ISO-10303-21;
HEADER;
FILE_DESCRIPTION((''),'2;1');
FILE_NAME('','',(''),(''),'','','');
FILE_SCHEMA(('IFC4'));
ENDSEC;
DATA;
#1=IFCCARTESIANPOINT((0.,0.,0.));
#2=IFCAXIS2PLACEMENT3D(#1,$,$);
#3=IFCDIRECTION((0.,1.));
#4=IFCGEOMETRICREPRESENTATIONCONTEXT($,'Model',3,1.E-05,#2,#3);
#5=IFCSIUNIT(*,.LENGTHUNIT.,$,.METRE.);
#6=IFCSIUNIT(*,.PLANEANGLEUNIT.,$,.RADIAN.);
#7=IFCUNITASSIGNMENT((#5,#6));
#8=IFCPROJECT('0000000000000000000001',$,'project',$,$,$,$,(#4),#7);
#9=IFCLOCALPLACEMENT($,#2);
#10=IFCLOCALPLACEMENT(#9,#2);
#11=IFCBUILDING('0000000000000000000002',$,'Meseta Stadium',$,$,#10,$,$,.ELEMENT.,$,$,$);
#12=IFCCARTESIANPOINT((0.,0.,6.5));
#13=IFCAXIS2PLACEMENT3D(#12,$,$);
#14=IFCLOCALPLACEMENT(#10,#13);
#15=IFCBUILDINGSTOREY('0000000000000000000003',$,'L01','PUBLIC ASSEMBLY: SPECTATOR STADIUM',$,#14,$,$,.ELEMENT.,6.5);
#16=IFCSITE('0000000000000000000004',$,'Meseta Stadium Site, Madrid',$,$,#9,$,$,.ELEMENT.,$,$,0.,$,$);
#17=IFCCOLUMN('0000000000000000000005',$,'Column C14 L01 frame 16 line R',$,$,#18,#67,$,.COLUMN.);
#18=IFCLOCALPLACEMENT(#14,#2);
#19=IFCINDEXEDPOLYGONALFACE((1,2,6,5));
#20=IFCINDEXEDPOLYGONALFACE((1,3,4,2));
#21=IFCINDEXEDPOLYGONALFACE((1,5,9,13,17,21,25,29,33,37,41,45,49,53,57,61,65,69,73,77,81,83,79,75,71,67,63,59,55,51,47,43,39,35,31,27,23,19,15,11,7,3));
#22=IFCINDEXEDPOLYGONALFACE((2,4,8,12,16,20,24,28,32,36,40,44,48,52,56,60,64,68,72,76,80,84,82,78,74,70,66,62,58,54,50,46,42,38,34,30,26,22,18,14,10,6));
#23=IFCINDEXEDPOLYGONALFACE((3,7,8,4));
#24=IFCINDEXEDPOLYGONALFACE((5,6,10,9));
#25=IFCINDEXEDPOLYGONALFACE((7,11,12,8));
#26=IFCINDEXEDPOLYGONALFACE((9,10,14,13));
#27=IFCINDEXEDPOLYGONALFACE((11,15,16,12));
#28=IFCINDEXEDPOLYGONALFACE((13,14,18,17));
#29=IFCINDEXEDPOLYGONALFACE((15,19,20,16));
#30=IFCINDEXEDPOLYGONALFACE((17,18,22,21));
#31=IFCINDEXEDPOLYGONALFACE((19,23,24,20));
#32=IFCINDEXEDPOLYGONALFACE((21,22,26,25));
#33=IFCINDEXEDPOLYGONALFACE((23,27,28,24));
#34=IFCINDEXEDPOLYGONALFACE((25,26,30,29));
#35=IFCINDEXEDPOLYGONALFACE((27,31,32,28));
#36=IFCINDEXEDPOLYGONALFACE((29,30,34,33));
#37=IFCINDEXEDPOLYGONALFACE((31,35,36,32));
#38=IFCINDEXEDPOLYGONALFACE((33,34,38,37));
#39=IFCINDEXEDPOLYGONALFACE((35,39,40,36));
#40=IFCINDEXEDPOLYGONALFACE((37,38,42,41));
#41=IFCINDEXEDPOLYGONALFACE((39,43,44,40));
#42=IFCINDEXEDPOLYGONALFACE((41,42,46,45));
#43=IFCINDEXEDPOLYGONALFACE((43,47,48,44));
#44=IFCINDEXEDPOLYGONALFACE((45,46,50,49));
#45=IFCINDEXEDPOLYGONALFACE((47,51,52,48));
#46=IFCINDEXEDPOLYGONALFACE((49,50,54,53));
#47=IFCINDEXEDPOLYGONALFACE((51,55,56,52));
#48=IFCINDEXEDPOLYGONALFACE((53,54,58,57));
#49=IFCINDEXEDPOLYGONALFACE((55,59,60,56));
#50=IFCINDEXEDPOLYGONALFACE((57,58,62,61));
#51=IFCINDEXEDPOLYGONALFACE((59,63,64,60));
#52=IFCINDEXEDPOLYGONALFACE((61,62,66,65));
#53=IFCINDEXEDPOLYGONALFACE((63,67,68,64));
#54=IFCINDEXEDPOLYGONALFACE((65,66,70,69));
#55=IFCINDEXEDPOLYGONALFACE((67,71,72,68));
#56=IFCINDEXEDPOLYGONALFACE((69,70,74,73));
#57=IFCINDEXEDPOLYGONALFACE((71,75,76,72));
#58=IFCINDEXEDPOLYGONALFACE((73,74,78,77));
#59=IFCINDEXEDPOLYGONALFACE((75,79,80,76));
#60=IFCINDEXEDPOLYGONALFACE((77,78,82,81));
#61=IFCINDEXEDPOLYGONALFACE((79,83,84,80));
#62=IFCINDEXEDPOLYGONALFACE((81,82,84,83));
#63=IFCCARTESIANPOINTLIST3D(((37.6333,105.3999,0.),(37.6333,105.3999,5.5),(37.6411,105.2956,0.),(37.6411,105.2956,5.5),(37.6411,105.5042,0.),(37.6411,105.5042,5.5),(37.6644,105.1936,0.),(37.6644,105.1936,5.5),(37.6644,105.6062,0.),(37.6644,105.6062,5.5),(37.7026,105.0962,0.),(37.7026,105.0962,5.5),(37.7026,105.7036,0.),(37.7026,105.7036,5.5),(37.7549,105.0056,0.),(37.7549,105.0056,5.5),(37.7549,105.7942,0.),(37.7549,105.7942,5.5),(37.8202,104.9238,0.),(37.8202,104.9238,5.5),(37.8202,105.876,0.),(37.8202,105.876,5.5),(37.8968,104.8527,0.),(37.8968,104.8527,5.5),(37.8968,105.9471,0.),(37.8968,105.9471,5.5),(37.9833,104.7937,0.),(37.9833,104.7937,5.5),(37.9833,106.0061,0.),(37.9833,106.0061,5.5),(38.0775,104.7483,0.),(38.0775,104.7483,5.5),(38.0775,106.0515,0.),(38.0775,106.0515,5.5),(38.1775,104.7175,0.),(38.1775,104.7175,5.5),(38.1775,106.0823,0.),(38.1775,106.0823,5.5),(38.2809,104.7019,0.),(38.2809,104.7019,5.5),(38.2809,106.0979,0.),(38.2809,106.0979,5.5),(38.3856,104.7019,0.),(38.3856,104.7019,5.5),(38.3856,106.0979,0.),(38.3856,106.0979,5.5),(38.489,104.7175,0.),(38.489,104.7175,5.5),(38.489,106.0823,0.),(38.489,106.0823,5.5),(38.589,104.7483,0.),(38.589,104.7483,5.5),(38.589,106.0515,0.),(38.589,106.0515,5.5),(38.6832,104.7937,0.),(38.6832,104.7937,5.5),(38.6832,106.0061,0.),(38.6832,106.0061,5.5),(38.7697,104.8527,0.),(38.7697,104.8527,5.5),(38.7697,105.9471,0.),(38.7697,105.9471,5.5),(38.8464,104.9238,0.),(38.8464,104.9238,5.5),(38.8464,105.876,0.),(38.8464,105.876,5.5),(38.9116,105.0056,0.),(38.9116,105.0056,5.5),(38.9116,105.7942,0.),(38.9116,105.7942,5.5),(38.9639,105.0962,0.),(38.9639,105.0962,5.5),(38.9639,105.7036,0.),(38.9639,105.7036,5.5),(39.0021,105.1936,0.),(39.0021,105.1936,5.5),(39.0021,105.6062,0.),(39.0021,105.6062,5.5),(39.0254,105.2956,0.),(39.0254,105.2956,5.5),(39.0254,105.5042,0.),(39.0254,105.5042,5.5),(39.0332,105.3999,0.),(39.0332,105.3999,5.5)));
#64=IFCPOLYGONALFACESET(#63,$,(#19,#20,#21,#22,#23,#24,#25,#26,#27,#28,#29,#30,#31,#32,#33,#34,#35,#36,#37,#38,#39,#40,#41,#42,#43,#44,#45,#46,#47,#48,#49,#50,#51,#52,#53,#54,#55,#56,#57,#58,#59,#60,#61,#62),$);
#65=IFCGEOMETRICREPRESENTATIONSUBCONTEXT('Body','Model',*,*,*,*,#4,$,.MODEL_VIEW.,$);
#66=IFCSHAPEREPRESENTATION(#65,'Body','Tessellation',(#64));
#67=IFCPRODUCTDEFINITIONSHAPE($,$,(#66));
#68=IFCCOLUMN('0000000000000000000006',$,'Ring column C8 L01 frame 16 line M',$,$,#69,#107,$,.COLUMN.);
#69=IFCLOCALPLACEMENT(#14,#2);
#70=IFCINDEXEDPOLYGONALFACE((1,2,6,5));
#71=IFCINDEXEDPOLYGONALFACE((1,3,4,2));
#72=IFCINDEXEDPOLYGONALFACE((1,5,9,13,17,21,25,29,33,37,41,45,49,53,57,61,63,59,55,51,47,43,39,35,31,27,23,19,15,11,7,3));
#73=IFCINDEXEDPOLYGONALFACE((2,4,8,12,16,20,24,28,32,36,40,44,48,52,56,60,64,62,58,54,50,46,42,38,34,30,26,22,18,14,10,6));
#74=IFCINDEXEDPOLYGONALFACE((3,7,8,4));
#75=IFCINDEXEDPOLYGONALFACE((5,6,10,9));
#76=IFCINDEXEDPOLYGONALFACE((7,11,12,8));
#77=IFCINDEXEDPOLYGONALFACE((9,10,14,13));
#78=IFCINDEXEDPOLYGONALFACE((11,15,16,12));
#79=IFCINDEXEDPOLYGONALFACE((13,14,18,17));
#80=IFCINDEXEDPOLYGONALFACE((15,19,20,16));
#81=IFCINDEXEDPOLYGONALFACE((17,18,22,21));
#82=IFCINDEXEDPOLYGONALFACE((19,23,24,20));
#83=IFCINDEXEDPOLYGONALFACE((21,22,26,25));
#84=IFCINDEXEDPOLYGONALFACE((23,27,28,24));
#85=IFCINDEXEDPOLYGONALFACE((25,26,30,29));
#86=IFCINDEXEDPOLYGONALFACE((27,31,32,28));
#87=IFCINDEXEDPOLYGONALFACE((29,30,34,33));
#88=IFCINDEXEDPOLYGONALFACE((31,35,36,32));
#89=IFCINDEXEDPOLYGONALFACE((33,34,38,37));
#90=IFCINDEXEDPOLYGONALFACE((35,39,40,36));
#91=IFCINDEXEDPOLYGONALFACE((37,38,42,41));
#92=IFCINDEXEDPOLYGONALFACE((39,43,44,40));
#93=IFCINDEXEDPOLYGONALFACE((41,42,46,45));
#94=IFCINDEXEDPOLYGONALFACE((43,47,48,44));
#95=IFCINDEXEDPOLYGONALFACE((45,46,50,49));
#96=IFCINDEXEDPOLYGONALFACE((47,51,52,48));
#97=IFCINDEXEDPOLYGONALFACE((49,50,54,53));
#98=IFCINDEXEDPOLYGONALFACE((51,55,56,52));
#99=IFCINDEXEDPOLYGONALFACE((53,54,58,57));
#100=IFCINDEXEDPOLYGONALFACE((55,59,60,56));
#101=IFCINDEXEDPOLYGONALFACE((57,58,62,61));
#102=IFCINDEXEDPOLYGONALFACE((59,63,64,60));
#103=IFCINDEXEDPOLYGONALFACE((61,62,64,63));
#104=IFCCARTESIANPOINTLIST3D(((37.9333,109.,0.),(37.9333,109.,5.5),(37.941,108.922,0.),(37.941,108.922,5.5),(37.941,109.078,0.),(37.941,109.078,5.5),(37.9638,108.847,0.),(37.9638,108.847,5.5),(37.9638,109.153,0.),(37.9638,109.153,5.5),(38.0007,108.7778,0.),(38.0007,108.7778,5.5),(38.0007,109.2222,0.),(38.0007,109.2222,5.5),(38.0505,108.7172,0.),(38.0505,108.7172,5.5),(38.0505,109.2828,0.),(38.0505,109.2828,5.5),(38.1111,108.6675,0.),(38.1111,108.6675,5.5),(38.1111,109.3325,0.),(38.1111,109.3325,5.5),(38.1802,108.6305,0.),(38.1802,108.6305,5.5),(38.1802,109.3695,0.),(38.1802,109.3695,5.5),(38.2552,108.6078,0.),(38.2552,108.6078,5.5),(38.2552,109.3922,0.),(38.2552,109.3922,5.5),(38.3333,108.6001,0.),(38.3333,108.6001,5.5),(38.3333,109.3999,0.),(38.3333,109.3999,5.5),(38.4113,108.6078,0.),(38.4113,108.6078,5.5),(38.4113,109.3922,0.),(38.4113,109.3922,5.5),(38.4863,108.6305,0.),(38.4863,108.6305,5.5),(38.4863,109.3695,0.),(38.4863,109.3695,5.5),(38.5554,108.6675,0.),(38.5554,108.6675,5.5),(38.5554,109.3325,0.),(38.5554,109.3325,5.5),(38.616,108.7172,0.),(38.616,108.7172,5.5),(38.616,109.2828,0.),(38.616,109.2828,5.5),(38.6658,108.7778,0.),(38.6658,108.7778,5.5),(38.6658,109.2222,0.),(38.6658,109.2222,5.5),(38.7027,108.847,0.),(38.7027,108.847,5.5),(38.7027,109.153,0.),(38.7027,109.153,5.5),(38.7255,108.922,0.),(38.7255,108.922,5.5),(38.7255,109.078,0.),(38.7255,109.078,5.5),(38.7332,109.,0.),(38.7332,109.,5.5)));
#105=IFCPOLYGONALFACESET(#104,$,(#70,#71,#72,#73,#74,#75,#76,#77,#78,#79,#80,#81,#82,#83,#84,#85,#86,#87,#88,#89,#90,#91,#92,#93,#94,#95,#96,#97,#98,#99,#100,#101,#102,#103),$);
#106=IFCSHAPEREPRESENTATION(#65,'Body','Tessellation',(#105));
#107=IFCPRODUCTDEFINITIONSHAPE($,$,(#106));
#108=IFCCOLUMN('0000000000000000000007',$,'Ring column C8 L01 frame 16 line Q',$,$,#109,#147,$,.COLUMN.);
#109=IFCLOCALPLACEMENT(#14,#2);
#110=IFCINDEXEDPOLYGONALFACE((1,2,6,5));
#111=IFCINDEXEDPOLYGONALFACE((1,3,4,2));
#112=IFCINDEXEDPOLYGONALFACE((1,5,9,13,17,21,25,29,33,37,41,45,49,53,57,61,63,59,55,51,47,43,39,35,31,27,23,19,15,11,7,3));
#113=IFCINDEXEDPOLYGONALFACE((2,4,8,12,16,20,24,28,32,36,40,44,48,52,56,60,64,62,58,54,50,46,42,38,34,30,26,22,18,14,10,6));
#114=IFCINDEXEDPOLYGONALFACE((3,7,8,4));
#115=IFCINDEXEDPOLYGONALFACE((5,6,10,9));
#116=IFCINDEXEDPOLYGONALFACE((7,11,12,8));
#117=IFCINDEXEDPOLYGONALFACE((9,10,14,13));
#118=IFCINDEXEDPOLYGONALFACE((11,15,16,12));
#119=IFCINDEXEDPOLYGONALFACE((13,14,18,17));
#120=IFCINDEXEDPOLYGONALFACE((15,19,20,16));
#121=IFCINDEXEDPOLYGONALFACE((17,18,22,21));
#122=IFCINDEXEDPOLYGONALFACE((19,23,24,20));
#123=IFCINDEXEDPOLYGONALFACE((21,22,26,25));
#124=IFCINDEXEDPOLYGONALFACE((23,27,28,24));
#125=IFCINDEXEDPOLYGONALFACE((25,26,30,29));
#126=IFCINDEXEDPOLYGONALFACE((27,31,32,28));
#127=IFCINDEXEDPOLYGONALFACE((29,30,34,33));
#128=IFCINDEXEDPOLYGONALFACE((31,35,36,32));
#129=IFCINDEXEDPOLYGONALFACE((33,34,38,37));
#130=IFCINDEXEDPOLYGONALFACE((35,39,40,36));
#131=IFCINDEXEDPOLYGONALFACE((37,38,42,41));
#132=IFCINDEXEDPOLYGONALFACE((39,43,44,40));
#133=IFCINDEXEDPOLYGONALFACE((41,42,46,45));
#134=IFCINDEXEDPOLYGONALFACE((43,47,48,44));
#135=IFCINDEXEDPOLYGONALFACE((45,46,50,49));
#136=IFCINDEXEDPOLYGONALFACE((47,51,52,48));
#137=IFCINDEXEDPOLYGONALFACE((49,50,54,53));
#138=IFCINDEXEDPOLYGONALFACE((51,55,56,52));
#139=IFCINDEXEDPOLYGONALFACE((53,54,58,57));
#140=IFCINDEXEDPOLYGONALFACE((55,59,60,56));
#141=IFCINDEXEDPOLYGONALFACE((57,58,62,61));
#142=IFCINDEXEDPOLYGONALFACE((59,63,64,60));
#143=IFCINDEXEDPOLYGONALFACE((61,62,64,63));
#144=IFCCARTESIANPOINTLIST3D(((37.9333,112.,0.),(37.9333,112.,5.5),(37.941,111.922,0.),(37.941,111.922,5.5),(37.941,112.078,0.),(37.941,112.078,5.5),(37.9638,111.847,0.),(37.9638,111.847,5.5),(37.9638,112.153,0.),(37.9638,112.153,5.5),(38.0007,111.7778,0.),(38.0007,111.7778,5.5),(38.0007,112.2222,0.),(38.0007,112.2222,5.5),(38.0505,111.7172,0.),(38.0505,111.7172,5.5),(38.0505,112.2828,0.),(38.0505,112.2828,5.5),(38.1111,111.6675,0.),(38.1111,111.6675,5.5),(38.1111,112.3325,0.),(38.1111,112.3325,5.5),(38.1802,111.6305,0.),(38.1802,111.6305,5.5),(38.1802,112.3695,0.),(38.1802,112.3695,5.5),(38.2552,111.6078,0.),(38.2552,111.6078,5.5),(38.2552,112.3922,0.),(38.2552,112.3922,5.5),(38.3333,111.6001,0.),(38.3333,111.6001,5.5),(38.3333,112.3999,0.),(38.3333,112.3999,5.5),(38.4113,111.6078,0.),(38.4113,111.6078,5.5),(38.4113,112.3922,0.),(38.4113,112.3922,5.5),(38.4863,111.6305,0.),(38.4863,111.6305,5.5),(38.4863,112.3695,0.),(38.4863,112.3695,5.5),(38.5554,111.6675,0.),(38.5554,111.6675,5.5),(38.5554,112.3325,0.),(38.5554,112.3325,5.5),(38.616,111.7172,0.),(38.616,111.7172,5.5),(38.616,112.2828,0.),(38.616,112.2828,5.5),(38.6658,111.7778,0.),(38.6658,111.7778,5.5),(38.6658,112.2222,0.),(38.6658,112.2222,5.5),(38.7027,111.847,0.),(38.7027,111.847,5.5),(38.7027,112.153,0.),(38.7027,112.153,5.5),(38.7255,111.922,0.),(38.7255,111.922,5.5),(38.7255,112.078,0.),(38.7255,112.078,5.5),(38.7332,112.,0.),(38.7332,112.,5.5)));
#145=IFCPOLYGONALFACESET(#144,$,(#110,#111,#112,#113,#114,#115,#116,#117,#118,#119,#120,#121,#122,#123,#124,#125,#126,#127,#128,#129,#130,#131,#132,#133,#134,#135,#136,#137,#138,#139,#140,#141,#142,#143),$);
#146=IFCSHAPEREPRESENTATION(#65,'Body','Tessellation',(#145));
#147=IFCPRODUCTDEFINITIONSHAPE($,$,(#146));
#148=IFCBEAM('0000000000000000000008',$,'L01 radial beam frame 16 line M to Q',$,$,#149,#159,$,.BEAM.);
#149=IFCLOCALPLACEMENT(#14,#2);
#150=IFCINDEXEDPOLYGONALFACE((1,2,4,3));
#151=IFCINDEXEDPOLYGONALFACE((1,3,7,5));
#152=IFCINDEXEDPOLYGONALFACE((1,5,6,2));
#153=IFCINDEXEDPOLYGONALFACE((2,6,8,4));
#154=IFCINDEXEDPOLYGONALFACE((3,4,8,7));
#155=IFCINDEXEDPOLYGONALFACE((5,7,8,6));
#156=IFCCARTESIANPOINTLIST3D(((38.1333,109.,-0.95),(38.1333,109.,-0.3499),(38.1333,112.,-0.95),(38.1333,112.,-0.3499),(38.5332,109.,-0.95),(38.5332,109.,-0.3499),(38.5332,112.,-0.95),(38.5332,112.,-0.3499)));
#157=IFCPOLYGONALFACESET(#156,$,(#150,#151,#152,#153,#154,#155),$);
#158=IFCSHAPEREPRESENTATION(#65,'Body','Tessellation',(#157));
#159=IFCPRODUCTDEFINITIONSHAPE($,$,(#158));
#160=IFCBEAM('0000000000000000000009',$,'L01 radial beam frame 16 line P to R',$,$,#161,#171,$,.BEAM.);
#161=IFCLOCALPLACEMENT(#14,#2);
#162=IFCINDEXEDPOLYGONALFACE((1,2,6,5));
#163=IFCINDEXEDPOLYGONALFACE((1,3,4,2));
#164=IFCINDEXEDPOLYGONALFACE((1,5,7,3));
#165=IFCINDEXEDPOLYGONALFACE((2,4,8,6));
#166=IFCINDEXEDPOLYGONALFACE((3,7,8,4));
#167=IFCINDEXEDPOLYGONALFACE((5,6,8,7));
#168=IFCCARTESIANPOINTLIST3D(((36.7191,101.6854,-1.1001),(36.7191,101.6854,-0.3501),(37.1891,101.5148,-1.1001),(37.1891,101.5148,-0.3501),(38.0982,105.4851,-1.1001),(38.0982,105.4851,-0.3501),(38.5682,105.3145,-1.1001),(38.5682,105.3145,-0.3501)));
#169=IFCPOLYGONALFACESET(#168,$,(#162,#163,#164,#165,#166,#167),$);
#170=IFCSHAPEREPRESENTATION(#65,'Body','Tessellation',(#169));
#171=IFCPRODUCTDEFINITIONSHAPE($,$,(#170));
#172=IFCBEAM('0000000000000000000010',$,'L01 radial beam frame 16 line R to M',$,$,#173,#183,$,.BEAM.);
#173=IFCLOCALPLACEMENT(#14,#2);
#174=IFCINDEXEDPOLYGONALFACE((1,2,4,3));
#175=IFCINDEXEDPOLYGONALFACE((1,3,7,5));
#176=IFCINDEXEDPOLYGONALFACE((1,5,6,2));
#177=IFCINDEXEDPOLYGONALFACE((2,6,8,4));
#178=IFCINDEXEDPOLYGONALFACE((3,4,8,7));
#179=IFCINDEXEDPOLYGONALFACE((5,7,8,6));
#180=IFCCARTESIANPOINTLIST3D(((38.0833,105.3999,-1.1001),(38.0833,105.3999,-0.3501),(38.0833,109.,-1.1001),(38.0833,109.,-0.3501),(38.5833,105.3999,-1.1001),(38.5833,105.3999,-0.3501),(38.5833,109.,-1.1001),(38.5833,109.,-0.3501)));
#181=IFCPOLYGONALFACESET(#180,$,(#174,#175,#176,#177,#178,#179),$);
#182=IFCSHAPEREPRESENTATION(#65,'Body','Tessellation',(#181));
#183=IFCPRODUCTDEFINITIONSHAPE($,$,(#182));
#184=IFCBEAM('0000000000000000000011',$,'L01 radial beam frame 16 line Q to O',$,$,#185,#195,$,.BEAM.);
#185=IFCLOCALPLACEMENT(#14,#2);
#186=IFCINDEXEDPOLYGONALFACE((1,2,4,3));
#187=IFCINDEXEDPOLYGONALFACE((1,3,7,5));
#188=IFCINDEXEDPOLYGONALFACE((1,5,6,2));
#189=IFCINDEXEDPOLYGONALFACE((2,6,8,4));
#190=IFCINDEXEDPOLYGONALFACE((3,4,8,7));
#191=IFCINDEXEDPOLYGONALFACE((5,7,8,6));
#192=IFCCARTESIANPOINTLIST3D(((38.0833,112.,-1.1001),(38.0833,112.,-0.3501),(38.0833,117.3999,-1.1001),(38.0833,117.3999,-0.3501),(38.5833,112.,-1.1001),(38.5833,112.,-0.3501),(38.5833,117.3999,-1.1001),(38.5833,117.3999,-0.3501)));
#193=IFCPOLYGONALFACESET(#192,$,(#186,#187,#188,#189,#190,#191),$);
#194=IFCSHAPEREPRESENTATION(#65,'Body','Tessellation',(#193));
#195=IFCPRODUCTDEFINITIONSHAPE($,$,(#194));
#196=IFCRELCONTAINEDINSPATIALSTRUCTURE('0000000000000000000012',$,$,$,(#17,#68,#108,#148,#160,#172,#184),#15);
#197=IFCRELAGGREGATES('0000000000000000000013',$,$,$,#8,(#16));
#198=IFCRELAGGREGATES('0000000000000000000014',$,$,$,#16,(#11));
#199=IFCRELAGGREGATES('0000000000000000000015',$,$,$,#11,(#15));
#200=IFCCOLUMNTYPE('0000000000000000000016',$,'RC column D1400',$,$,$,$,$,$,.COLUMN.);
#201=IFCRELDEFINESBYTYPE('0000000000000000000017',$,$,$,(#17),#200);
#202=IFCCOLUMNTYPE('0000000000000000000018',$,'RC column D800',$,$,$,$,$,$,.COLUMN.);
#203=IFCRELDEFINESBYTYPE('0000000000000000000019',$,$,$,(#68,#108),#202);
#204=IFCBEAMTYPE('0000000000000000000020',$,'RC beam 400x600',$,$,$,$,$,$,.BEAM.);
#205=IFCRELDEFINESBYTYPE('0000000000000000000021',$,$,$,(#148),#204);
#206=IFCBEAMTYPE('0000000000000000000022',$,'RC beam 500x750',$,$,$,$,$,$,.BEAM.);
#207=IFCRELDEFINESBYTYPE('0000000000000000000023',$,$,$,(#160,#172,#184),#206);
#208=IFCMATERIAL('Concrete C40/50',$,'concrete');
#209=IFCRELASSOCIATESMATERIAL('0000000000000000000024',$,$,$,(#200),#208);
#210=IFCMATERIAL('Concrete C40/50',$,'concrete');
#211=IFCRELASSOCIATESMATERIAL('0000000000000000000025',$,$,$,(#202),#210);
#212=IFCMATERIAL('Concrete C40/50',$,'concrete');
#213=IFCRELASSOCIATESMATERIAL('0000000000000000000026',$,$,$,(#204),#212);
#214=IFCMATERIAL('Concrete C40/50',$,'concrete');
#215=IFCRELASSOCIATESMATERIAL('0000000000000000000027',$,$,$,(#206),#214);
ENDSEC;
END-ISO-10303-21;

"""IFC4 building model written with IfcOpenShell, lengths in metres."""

from ifc_helpers import new_model, si_unit, direction, frame, origin, origin_2d, place, context, subcontext, project, spatial, rectangle, circle, extrude, material, material_profile, profile_set, type_object, element, save


model = new_model("IFC4")

# Units and contexts
model_context = context("Model", 3, precision=1e-05, world=origin(), true_north=direction((0.0, 1.0)))
body_context = subcontext(model_context, "Body", "Model", "MODEL_VIEW")
ifc_project = project(units=[si_unit("LENGTHUNIT", "METRE"), si_unit("PLANEANGLEUNIT", "RADIAN")], contexts=[model_context])

# Site, building, storey
site_placement = place(None, origin())
site = spatial("IfcSite", under=ifc_project, at=site_placement, Name="Meseta Stadium Site, Madrid", CompositionType="ELEMENT", RefElevation=0.0)
building_placement = place(site_placement, origin())
building = spatial("IfcBuilding", under=site, at=building_placement, Name="Meseta Stadium", CompositionType="ELEMENT")
storey_placement = place(building_placement, frame((0.0, 0.0, 6.5)))
storey = spatial("IfcBuildingStorey", under=building, at=storey_placement, Name="L01", Description="PUBLIC ASSEMBLY: SPECTATOR STADIUM", CompositionType="ELEMENT", Elevation=6.5)

# Columns
ifc_material_1 = material(Name="Concrete C40/50", Category="concrete")
ifc_material_profile_1 = material_profile(ifc_material_1, circle(Radius=0.7, at=origin_2d()), Name="RC D1400")
ifc_profile_set_1 = profile_set([ifc_material_profile_1], Name="Concrete C40/50")
column_type_1 = type_object("IfcColumnType", Name="RC column D1400", PredefinedType="COLUMN", material=ifc_profile_set_1)
column_placement = place(storey_placement, frame((38.3333, 105.3999, 0.0), z_axis=(0.0, 0.0, 1.0), x_axis=(1.0, 0.0, 0.0)))
element("IfcColumn", 1, at=column_placement, inside=storey, type_object=column_type_1, Name="Column C14 L01 frame 16 line R", PredefinedType="COLUMN", context=body_context, shape_type="SweptSolid", body=[
    extrude(circle(Radius=0.7, at=origin_2d()), origin(), (0.0, 0.0, 1.0), 5.5),
])
ifc_material_2 = material(Name="Concrete C40/50", Category="concrete")
ifc_material_profile_2 = material_profile(ifc_material_2, circle(Radius=0.3999, at=origin_2d()), Name="RC D800")
ifc_profile_set_2 = profile_set([ifc_material_profile_2], Name="Concrete C40/50")
column_type_2 = type_object("IfcColumnType", Name="RC column D800", PredefinedType="COLUMN", material=ifc_profile_set_2)
for number, where, z_axis, x_axis, name in (
    (2, (38.3333, 109.0, 0.0), (0.0, 0.0, 1.0), (1.0, 0.0, 0.0), "Ring column C8 L01 frame 16 line M"),
    (3, (38.3333, 112.0, 0.0), (0.0, 0.0, 1.0), (1.0, 0.0, 0.0), "Ring column C8 L01 frame 16 line Q"),
):
    element("IfcColumn", number, at=place(storey_placement, frame(where, z_axis=z_axis, x_axis=x_axis)), inside=storey, type_object=column_type_2, Name=name, PredefinedType="COLUMN", context=body_context, shape_type="SweptSolid", body=[
        extrude(circle(Radius=0.3999, at=origin_2d()), origin(), (0.0, 0.0, 1.0), 5.5),
    ])

# Beams
ifc_material_3 = material(Name="Concrete C40/50", Category="concrete")
ifc_material_profile_3 = material_profile(ifc_material_3, rectangle(XDim=0.3999, YDim=0.6001, at=origin_2d()), Name="RC 400x600")
ifc_profile_set_3 = profile_set([ifc_material_profile_3], Name="Concrete C40/50")
beam_type_1 = type_object("IfcBeamType", Name="RC beam 400x600", PredefinedType="BEAM", material=ifc_profile_set_3)
beam_1_placement = place(storey_placement, frame((38.3333, 109.0, -0.6499), z_axis=(0.0, 1.0, 0.0), x_axis=(-1.0, 0.0, 0.0)))
element("IfcBeam", 4, at=beam_1_placement, inside=storey, type_object=beam_type_1, Name="L01 radial beam frame 16 line M to Q", PredefinedType="BEAM", context=body_context, shape_type="SweptSolid", body=[
    extrude(rectangle(XDim=0.3999, YDim=0.6001, at=origin_2d()), origin(), (0.0, 0.0, 1.0), 3.0),
])
ifc_material_4 = material(Name="Concrete C40/50", Category="concrete")
ifc_material_profile_4 = material_profile(ifc_material_4, rectangle(XDim=0.5, YDim=0.75, at=origin_2d()), Name="RC 500x750")
ifc_profile_set_4 = profile_set([ifc_material_profile_4], Name="Concrete C40/50")
beam_type_2 = type_object("IfcBeamType", Name="RC beam 500x750", PredefinedType="BEAM", material=ifc_profile_set_4)
beam_2_placement = place(storey_placement, frame((36.9541, 101.6001, -0.7251), z_axis=(0.341176, 0.94, 0.0), x_axis=(-0.94, 0.341176, 0.0)))
element("IfcBeam", 5, at=beam_2_placement, inside=storey, type_object=beam_type_2, Name="L01 radial beam frame 16 line P to R", PredefinedType="BEAM", context=body_context, shape_type="SweptSolid", body=[
    extrude(rectangle(XDim=0.5, YDim=0.75, at=origin_2d()), origin(), (0.0, 0.0, 1.0), 4.0422),
])
beam_3_placement = place(storey_placement, frame((38.3333, 105.3999, -0.7251), z_axis=(0.0, 1.0, 0.0), x_axis=(-1.0, 0.0, 0.0)))
element("IfcBeam", 6, at=beam_3_placement, inside=storey, type_object=beam_type_2, Name="L01 radial beam frame 16 line R to M", PredefinedType="BEAM", context=body_context, shape_type="SweptSolid", body=[
    extrude(rectangle(XDim=0.5, YDim=0.75, at=origin_2d()), origin(), (0.0, 0.0, 1.0), 3.6001),
])
beam_4_placement = place(storey_placement, frame((38.3333, 112.0, -0.7251), z_axis=(0.0, 1.0, 0.0), x_axis=(-1.0, 0.0, 0.0)))
element("IfcBeam", 7, at=beam_4_placement, inside=storey, type_object=beam_type_2, Name="L01 radial beam frame 16 line Q to O", PredefinedType="BEAM", context=body_context, shape_type="SweptSolid", body=[
    extrude(rectangle(XDim=0.5, YDim=0.75, at=origin_2d()), origin(), (0.0, 0.0, 1.0), 5.3999),
])

save(model, "model.ifc")
